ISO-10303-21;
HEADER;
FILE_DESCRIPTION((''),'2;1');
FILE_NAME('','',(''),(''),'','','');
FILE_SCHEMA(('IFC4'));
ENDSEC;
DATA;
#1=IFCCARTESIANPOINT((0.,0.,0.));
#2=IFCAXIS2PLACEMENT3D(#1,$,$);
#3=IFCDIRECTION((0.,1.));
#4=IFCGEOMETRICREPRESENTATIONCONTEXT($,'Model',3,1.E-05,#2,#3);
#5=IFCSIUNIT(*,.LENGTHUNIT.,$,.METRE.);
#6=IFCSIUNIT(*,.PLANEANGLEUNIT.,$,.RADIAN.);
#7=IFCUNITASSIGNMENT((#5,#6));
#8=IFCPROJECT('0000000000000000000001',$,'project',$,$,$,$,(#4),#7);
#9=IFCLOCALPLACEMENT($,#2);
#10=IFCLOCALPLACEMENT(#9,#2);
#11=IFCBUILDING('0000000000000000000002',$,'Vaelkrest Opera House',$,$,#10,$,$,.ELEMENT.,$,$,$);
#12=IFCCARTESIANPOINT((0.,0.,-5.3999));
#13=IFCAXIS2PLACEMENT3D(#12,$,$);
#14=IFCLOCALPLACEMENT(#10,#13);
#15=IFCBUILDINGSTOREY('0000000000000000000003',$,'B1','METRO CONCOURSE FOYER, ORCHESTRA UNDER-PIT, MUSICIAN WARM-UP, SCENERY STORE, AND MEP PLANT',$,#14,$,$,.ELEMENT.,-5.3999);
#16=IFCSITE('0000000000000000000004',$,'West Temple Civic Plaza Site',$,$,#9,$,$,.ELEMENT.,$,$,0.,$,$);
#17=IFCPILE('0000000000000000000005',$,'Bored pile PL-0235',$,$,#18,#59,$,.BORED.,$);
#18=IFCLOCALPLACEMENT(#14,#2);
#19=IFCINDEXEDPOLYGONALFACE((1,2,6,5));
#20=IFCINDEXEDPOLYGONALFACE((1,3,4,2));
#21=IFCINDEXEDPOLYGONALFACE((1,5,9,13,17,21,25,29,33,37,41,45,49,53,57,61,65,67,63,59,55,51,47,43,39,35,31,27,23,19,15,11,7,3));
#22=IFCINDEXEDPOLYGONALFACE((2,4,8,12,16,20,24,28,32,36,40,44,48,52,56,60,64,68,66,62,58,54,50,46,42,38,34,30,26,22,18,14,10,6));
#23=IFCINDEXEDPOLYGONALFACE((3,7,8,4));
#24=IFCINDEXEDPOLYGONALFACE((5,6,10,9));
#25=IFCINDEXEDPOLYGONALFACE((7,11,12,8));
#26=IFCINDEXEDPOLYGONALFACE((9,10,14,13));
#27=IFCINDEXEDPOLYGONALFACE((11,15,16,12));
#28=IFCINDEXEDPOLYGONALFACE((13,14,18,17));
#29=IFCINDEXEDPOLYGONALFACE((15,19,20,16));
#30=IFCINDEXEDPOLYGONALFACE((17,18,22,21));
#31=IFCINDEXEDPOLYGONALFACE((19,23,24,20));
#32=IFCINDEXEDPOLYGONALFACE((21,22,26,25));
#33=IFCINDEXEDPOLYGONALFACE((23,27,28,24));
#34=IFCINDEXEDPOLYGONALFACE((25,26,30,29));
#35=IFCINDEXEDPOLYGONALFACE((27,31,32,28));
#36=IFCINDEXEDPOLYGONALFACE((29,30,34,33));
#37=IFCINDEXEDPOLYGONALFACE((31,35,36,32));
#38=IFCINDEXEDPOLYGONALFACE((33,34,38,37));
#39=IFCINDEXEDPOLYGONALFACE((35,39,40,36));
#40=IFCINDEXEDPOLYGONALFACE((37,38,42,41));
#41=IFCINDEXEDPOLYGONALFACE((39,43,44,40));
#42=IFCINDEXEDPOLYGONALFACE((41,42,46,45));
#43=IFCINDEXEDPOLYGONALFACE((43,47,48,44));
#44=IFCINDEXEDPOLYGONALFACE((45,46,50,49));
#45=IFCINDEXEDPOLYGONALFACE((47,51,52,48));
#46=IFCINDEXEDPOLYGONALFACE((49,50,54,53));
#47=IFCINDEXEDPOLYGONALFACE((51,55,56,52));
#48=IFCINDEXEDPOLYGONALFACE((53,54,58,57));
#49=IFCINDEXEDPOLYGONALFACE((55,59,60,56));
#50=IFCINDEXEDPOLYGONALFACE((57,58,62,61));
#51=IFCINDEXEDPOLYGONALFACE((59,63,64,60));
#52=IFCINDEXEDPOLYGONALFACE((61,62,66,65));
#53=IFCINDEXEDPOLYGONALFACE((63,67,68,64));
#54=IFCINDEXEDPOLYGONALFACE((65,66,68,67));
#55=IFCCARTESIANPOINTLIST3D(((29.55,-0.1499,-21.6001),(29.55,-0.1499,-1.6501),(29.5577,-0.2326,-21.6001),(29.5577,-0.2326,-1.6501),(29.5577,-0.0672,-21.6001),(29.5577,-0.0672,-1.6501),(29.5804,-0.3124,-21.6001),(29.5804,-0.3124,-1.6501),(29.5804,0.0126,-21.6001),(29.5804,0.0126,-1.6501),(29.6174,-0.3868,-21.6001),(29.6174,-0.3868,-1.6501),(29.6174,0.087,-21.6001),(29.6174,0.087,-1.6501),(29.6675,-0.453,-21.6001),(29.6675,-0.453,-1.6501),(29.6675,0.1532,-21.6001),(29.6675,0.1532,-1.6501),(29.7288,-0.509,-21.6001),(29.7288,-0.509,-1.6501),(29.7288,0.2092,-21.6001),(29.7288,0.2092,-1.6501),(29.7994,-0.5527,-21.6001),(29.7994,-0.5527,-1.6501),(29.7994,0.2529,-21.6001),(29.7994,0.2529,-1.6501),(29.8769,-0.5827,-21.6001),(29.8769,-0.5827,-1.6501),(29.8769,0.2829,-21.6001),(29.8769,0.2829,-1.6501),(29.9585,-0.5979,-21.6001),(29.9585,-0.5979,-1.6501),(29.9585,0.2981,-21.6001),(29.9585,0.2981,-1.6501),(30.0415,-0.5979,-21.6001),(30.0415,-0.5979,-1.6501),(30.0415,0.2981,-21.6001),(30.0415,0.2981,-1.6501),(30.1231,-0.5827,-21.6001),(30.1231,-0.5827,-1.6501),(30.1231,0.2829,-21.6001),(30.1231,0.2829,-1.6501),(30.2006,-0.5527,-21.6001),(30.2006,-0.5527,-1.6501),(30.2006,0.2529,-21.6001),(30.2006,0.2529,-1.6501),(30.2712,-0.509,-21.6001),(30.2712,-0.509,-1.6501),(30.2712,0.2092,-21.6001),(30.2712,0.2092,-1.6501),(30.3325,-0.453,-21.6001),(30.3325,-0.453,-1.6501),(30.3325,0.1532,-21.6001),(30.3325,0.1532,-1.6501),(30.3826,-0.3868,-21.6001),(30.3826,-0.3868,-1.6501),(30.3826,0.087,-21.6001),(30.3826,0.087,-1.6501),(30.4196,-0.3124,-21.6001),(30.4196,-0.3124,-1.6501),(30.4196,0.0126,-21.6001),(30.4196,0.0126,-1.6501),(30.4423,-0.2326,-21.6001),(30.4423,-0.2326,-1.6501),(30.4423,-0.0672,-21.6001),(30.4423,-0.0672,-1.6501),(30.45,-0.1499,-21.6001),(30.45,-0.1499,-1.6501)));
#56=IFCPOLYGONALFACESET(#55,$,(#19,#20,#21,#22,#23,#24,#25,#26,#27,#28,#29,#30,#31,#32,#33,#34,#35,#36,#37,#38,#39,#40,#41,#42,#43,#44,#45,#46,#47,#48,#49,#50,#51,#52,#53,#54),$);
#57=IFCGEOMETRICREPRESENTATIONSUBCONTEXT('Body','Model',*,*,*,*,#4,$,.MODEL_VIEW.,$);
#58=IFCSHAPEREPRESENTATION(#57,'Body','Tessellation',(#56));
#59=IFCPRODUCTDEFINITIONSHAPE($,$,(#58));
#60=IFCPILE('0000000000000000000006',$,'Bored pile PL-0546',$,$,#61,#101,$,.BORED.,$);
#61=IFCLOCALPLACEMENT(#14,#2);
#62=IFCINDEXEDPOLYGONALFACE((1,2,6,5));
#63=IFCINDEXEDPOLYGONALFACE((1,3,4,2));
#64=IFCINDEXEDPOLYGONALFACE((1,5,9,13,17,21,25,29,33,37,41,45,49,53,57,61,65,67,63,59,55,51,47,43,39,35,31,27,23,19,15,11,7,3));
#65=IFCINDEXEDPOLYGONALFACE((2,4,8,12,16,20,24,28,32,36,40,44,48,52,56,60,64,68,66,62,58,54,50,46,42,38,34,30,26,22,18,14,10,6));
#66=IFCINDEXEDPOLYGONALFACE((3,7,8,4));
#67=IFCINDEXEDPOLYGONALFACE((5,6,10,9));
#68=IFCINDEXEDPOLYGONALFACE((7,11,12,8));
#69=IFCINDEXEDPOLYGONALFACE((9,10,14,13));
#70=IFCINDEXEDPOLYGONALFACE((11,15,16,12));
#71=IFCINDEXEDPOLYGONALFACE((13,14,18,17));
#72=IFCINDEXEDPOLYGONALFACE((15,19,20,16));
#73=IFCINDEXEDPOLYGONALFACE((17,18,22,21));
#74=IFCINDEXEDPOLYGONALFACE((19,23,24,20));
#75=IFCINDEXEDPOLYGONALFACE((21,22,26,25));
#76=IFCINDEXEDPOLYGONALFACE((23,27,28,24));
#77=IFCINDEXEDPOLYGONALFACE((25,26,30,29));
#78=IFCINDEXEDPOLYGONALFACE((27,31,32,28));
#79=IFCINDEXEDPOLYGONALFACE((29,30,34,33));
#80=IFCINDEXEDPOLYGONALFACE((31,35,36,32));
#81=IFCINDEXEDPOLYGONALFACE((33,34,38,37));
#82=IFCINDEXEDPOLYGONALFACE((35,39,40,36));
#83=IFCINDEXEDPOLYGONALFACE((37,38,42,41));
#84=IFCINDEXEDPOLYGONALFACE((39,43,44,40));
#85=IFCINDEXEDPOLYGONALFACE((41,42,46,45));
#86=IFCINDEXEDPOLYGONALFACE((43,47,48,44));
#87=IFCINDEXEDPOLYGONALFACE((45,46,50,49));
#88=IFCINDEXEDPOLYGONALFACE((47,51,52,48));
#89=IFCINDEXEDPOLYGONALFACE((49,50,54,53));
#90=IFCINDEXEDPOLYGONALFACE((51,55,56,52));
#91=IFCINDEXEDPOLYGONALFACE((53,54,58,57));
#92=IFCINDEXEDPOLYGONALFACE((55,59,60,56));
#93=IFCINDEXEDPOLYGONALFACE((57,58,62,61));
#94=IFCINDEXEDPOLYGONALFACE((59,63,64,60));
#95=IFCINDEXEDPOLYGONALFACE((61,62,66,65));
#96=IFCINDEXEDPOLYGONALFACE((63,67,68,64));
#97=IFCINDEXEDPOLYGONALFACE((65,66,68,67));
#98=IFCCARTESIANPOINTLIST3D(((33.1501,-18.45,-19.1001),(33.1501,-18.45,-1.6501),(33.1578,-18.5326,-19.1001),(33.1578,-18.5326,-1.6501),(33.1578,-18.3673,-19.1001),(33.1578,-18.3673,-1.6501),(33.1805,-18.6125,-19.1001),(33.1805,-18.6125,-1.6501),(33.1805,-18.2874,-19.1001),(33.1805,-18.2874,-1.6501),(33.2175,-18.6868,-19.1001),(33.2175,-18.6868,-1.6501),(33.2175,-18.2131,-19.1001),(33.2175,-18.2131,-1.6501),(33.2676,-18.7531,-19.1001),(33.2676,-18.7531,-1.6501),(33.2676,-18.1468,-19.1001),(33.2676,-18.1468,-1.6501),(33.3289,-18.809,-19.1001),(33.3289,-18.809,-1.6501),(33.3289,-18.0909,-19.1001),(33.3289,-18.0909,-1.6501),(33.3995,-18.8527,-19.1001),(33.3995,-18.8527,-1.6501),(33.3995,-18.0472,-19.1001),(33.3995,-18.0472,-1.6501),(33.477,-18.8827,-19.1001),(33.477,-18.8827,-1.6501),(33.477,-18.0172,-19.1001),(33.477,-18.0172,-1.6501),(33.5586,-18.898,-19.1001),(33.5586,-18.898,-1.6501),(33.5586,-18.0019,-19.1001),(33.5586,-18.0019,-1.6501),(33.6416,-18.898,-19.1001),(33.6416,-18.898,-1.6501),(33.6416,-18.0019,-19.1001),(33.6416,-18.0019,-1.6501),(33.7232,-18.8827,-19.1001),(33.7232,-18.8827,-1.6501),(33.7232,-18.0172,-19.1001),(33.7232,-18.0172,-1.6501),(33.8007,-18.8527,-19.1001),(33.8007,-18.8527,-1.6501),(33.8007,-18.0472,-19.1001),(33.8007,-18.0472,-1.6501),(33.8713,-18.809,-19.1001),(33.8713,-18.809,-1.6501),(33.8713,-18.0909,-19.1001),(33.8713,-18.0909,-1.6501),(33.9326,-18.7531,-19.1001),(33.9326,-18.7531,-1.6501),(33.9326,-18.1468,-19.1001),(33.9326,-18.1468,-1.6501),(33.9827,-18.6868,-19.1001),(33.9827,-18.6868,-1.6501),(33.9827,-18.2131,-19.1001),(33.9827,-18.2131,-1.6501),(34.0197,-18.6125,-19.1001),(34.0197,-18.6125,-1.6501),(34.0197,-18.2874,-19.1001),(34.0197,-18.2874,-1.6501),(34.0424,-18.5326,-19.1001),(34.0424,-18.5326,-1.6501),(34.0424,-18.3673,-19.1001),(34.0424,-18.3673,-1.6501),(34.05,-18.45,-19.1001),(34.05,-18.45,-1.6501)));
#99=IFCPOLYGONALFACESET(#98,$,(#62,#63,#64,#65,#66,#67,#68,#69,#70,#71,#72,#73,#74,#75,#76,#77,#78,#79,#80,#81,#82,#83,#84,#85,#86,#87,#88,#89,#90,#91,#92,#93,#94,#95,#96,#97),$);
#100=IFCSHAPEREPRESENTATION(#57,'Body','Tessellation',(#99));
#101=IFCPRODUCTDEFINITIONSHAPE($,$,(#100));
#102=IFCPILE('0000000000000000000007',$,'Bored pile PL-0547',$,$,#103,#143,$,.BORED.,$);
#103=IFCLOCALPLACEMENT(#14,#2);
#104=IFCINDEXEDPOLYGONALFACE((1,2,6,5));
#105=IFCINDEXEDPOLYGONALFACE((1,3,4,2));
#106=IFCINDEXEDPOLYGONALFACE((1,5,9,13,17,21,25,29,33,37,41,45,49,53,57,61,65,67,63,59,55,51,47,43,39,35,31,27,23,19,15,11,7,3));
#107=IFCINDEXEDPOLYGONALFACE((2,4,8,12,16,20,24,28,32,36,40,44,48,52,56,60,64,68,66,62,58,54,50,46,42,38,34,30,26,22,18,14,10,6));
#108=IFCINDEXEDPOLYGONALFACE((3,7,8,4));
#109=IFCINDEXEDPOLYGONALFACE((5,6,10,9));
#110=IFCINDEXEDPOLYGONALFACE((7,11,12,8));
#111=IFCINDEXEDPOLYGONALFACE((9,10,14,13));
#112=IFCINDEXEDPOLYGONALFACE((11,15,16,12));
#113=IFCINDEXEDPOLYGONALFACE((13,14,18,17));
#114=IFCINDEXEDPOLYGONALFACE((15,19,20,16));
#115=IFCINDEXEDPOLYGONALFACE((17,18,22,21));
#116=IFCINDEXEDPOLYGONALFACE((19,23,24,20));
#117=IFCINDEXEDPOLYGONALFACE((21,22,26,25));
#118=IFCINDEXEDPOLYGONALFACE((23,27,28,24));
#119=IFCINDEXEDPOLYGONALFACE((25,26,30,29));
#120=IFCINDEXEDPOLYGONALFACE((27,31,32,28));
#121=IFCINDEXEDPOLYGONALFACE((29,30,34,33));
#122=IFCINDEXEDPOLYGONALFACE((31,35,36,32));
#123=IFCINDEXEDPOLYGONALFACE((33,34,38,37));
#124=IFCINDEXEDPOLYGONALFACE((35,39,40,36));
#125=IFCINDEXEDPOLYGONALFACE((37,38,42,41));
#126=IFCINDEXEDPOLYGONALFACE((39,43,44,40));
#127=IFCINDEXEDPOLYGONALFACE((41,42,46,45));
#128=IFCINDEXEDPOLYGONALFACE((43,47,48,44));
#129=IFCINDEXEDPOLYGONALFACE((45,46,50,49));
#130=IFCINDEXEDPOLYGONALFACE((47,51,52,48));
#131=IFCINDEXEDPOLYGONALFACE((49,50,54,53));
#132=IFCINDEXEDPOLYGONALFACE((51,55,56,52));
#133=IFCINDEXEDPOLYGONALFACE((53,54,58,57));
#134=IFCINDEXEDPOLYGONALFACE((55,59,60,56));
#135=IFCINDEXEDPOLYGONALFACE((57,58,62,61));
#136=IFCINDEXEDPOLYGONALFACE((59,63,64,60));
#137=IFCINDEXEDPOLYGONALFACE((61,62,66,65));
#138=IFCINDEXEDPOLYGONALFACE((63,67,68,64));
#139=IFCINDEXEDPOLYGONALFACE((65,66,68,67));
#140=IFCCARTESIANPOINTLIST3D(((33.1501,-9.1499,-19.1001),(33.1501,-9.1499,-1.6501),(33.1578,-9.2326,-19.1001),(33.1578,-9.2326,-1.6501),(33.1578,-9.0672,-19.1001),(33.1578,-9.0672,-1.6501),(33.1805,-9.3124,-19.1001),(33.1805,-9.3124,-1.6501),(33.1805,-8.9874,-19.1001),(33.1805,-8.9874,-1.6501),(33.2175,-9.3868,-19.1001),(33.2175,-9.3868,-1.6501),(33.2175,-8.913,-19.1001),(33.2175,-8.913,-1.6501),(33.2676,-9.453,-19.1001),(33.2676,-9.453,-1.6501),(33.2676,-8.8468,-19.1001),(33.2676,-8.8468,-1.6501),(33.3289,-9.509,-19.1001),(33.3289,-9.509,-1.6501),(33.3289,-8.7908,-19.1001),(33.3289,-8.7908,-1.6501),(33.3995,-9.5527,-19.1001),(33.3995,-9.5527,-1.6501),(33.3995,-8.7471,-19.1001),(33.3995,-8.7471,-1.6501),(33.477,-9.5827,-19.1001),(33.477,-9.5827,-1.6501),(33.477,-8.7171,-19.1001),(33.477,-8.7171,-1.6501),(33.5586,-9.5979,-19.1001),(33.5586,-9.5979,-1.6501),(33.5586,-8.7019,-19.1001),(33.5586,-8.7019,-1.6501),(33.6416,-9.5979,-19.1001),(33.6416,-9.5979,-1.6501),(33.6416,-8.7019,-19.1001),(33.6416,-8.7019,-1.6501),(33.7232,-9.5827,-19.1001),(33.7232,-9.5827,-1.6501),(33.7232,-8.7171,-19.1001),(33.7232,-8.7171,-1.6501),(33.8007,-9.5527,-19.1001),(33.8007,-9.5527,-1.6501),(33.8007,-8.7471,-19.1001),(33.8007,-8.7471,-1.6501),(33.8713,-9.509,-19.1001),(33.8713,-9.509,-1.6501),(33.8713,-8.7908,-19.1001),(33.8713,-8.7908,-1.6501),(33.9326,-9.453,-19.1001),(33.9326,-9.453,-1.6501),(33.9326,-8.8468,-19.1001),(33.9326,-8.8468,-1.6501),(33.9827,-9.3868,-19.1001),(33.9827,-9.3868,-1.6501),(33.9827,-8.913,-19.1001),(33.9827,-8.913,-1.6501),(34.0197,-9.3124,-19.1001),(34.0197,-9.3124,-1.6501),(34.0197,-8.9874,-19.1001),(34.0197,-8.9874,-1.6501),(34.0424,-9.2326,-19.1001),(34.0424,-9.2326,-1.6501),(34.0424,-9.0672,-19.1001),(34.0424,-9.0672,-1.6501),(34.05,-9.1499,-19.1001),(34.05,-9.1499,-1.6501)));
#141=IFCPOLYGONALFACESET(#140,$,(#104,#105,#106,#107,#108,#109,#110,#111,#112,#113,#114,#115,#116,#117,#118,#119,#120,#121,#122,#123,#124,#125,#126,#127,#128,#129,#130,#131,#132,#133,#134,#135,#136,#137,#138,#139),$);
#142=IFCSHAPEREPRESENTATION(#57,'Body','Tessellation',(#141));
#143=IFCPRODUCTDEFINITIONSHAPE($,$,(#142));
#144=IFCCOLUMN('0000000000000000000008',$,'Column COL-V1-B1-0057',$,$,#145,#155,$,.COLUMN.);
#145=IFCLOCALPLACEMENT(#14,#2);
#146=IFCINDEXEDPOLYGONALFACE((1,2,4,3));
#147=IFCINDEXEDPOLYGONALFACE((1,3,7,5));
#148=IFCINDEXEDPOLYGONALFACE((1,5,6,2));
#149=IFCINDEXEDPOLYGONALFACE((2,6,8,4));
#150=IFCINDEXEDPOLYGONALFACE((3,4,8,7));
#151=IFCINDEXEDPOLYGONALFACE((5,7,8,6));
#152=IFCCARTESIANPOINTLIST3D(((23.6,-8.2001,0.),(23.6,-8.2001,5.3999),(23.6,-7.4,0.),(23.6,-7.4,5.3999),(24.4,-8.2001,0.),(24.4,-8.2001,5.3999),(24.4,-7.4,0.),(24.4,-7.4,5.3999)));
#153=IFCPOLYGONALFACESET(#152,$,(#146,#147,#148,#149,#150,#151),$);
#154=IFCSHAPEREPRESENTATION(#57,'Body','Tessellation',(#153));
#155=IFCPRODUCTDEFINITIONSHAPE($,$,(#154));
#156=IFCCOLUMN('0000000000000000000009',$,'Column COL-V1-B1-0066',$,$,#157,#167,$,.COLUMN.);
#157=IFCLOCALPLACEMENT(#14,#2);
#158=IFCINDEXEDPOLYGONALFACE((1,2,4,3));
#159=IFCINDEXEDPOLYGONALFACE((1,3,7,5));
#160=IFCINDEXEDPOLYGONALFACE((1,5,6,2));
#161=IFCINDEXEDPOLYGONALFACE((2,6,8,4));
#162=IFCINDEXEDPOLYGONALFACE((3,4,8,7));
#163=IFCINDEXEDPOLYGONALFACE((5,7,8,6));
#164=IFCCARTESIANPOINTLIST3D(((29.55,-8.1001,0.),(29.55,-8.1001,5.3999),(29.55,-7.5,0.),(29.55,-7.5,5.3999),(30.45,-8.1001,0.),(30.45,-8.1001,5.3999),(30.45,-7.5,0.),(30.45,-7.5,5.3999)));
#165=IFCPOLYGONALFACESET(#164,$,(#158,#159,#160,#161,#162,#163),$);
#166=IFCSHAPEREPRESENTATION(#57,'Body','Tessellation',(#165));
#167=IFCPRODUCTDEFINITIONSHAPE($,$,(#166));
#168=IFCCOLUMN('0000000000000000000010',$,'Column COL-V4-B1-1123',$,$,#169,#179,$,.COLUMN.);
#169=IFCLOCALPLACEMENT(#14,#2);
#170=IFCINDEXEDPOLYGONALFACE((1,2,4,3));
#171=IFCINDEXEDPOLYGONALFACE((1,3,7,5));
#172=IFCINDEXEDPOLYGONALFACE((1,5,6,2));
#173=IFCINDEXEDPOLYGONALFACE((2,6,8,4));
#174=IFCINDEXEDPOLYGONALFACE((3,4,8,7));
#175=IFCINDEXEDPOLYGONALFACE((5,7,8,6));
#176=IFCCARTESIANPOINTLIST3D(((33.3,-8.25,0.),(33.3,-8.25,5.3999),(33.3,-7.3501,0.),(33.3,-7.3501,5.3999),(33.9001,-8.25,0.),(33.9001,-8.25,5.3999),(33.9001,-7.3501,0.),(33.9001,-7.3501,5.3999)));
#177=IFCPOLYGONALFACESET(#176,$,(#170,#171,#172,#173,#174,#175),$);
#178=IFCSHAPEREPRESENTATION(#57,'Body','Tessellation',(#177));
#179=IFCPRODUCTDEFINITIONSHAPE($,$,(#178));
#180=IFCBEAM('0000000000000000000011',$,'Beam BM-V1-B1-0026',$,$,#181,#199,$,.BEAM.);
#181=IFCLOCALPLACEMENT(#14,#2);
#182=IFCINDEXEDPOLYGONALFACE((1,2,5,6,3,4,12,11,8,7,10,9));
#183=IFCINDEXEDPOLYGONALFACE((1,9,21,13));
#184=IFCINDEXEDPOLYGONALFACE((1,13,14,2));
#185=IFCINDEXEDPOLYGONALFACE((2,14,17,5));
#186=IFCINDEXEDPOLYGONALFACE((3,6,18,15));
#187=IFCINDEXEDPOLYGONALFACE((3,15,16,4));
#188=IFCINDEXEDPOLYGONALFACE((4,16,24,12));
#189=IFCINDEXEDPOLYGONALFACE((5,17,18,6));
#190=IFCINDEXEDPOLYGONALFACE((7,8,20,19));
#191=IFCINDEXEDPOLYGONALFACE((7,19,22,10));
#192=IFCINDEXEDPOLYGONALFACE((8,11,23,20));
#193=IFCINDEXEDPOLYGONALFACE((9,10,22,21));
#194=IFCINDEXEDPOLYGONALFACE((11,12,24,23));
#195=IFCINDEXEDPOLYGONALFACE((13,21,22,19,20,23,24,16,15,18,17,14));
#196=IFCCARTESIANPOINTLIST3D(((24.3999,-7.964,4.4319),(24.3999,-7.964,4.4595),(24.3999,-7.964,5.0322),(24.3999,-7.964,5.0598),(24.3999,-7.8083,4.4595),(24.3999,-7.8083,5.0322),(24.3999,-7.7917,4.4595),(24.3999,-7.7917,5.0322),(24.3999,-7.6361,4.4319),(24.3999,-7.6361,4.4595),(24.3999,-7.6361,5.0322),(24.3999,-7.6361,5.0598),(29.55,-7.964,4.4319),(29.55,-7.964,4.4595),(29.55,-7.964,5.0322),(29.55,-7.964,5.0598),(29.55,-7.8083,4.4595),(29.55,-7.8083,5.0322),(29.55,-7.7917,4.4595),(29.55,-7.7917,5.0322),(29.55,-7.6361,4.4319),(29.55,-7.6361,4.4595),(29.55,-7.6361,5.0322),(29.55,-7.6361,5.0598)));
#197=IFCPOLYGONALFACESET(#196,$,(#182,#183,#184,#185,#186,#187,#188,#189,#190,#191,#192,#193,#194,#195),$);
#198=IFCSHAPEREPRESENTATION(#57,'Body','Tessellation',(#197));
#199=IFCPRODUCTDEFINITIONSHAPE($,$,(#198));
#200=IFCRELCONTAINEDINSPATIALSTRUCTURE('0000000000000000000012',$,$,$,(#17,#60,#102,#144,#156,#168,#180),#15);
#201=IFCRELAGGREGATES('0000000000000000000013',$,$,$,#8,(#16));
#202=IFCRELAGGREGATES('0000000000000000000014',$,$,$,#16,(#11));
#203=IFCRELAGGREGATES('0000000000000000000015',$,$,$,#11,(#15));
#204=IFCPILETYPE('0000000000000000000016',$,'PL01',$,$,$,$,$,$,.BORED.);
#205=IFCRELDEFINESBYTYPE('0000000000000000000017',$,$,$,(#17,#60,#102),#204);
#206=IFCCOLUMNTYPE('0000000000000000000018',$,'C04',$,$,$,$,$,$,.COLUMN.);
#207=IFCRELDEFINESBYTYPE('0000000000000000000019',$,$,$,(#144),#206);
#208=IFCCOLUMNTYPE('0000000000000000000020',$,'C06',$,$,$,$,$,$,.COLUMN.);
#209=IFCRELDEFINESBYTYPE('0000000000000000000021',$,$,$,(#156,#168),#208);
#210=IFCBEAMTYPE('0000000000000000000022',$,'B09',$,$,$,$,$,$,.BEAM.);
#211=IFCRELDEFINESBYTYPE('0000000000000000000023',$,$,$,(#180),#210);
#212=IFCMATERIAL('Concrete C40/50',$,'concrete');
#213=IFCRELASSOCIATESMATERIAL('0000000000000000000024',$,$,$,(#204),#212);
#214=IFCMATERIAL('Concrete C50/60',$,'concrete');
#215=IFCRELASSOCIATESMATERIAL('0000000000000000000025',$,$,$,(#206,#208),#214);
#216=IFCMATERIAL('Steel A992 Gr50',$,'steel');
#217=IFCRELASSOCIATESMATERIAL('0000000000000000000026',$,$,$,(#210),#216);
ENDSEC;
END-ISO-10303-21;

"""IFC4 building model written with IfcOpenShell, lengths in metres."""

from ifc_helpers import new_model, si_unit, direction, frame, origin, origin_2d, place, context, subcontext, project, spatial, rectangle, circle, i_section, extrude, material, material_profile, profile_set, type_object, element, save


model = new_model("IFC4")

# Units and contexts
model_context = context("Model", 3, precision=1e-05, world=origin(), true_north=direction((0.0, 1.0)))
body_context = subcontext(model_context, "Body", "Model", "MODEL_VIEW")
ifc_project = project(units=[si_unit("LENGTHUNIT", "METRE"), si_unit("PLANEANGLEUNIT", "RADIAN")], contexts=[model_context])

# Site, building, storey
site_placement = place(None, origin())
site = spatial("IfcSite", under=ifc_project, at=site_placement, Name="West Temple Civic Plaza Site", CompositionType="ELEMENT", RefElevation=0.0)
building_placement = place(site_placement, origin())
building = spatial("IfcBuilding", under=site, at=building_placement, Name="Vaelkrest Opera House", CompositionType="ELEMENT")
storey_placement = place(building_placement, frame((0.0, 0.0, -5.3999)))
storey = spatial("IfcBuildingStorey", under=building, at=storey_placement, Name="B1", Description="METRO CONCOURSE FOYER, ORCHESTRA UNDER-PIT, MUSICIAN WARM-UP, SCENERY STORE, AND MEP PLANT", CompositionType="ELEMENT", Elevation=-5.3999)

# Shared definitions
ifc_material_1 = material(Name="Concrete C40/50", Category="concrete")

# Piles
ifc_material_profile_1 = material_profile(ifc_material_1, circle(Radius=0.45, at=origin_2d()), Name="PILE900")
ifc_profile_set_1 = profile_set([ifc_material_profile_1], Name="Concrete C40/50")
pile_type = type_object("IfcPileType", Name="PL01", PredefinedType="BORED", material=ifc_profile_set_1)
for number, where, z_axis, x_axis, name in (
    (1, (30.0, -0.1499, -1.6501), (0.0, 0.0, -1.0), (1.0, 0.0, 0.0), "Bored pile PL-0235"),
):
    element("IfcPile", number, at=place(storey_placement, frame(where, z_axis=z_axis, x_axis=x_axis)), inside=storey, type_object=pile_type, Name=name, PredefinedType="BORED", context=body_context, shape_type="SweptSolid", body=[
        extrude(circle(Radius=0.45, at=origin_2d()), origin(), (0.0, 0.0, 1.0), 19.95),
    ])
for number, where, z_axis, x_axis, name in (
    (2, (33.6001, -18.45, -1.6501), (0.0, 0.0, -1.0), (1.0, 0.0, 0.0), "Bored pile PL-0546"),
    (3, (33.6001, -9.1499, -1.6501), (0.0, 0.0, -1.0), (1.0, 0.0, 0.0), "Bored pile PL-0547"),
):
    element("IfcPile", number, at=place(storey_placement, frame(where, z_axis=z_axis, x_axis=x_axis)), inside=storey, type_object=pile_type, Name=name, PredefinedType="BORED", context=body_context, shape_type="SweptSolid", body=[
        extrude(circle(Radius=0.45, at=origin_2d()), origin(), (0.0, 0.0, 1.0), 17.45),
    ])

# Columns
ifc_material_2 = material(Name="Concrete C50/60", Category="concrete")
ifc_material_profile_2 = material_profile(ifc_material_2, rectangle(XDim=0.8, YDim=0.8, at=origin_2d()), Name="RC800X800")
ifc_profile_set_2 = profile_set([ifc_material_profile_2], Name="Concrete C50/60")
column_type_1 = type_object("IfcColumnType", Name="C04", PredefinedType="COLUMN", material=ifc_profile_set_2)
column_placement = place(storey_placement, frame((24.0, -7.8, 0.0), z_axis=(0.0, 0.0, 1.0), x_axis=(1.0, 0.0, 0.0)))
element("IfcColumn", 4, at=column_placement, inside=storey, type_object=column_type_1, Name="Column COL-V1-B1-0057", PredefinedType="COLUMN", context=body_context, shape_type="SweptSolid", body=[
    extrude(rectangle(XDim=0.8, YDim=0.8, at=origin_2d()), origin(), (0.0, 0.0, 1.0), 5.3999),
])
ifc_material_profile_3 = material_profile(ifc_material_2, rectangle(XDim=0.6001, YDim=0.8999, at=origin_2d()), Name="RC600X900")
ifc_profile_set_3 = profile_set([ifc_material_profile_3], Name="Concrete C50/60")
column_type_2 = type_object("IfcColumnType", Name="C06", PredefinedType="COLUMN", material=ifc_profile_set_3)
for number, where, z_axis, x_axis, name in (
    (5, (30.0, -7.8, 0.0), (0.0, 0.0, 1.0), (0.0, 1.0, 0.0), "Column COL-V1-B1-0066"),
    (6, (33.6001, -7.8, 0.0), (0.0, 0.0, 1.0), (1.0, 0.0, 0.0), "Column COL-V4-B1-1123"),
):
    element("IfcColumn", number, at=place(storey_placement, frame(where, z_axis=z_axis, x_axis=x_axis)), inside=storey, type_object=column_type_2, Name=name, PredefinedType="COLUMN", context=body_context, shape_type="SweptSolid", body=[
        extrude(rectangle(XDim=0.6001, YDim=0.8999, at=origin_2d()), origin(), (0.0, 0.0, 1.0), 5.3999),
    ])

# Beam
ifc_material_3 = material(Name="Steel A992 Gr50", Category="steel")
ifc_material_profile_4 = material_profile(ifc_material_3, i_section(OverallWidth=0.3279, OverallDepth=0.6279, WebThickness=0.0166, FlangeThickness=0.0276, at=origin_2d()), Name="W24X146")
ifc_profile_set_4 = profile_set([ifc_material_profile_4], Name="Steel A992 Gr50")
beam_type_1 = type_object("IfcBeamType", Name="B09", PredefinedType="BEAM", material=ifc_profile_set_4)
beam_1_placement = place(storey_placement, frame((24.3999, -7.8, 4.7458), z_axis=(1.0, 0.0, 0.0), x_axis=(0.0, 1.0, 0.0)))
element("IfcBeam", 7, at=beam_1_placement, inside=storey, type_object=beam_type_1, Name="Beam BM-V1-B1-0026", PredefinedType="BEAM", context=body_context, shape_type="SweptSolid", body=[
    extrude(i_section(OverallWidth=0.3279, OverallDepth=0.6279, WebThickness=0.0166, FlangeThickness=0.0276, at=origin_2d()), origin(), (0.0, 0.0, 1.0), 5.1501),
])

save(model, "model.ifc")
